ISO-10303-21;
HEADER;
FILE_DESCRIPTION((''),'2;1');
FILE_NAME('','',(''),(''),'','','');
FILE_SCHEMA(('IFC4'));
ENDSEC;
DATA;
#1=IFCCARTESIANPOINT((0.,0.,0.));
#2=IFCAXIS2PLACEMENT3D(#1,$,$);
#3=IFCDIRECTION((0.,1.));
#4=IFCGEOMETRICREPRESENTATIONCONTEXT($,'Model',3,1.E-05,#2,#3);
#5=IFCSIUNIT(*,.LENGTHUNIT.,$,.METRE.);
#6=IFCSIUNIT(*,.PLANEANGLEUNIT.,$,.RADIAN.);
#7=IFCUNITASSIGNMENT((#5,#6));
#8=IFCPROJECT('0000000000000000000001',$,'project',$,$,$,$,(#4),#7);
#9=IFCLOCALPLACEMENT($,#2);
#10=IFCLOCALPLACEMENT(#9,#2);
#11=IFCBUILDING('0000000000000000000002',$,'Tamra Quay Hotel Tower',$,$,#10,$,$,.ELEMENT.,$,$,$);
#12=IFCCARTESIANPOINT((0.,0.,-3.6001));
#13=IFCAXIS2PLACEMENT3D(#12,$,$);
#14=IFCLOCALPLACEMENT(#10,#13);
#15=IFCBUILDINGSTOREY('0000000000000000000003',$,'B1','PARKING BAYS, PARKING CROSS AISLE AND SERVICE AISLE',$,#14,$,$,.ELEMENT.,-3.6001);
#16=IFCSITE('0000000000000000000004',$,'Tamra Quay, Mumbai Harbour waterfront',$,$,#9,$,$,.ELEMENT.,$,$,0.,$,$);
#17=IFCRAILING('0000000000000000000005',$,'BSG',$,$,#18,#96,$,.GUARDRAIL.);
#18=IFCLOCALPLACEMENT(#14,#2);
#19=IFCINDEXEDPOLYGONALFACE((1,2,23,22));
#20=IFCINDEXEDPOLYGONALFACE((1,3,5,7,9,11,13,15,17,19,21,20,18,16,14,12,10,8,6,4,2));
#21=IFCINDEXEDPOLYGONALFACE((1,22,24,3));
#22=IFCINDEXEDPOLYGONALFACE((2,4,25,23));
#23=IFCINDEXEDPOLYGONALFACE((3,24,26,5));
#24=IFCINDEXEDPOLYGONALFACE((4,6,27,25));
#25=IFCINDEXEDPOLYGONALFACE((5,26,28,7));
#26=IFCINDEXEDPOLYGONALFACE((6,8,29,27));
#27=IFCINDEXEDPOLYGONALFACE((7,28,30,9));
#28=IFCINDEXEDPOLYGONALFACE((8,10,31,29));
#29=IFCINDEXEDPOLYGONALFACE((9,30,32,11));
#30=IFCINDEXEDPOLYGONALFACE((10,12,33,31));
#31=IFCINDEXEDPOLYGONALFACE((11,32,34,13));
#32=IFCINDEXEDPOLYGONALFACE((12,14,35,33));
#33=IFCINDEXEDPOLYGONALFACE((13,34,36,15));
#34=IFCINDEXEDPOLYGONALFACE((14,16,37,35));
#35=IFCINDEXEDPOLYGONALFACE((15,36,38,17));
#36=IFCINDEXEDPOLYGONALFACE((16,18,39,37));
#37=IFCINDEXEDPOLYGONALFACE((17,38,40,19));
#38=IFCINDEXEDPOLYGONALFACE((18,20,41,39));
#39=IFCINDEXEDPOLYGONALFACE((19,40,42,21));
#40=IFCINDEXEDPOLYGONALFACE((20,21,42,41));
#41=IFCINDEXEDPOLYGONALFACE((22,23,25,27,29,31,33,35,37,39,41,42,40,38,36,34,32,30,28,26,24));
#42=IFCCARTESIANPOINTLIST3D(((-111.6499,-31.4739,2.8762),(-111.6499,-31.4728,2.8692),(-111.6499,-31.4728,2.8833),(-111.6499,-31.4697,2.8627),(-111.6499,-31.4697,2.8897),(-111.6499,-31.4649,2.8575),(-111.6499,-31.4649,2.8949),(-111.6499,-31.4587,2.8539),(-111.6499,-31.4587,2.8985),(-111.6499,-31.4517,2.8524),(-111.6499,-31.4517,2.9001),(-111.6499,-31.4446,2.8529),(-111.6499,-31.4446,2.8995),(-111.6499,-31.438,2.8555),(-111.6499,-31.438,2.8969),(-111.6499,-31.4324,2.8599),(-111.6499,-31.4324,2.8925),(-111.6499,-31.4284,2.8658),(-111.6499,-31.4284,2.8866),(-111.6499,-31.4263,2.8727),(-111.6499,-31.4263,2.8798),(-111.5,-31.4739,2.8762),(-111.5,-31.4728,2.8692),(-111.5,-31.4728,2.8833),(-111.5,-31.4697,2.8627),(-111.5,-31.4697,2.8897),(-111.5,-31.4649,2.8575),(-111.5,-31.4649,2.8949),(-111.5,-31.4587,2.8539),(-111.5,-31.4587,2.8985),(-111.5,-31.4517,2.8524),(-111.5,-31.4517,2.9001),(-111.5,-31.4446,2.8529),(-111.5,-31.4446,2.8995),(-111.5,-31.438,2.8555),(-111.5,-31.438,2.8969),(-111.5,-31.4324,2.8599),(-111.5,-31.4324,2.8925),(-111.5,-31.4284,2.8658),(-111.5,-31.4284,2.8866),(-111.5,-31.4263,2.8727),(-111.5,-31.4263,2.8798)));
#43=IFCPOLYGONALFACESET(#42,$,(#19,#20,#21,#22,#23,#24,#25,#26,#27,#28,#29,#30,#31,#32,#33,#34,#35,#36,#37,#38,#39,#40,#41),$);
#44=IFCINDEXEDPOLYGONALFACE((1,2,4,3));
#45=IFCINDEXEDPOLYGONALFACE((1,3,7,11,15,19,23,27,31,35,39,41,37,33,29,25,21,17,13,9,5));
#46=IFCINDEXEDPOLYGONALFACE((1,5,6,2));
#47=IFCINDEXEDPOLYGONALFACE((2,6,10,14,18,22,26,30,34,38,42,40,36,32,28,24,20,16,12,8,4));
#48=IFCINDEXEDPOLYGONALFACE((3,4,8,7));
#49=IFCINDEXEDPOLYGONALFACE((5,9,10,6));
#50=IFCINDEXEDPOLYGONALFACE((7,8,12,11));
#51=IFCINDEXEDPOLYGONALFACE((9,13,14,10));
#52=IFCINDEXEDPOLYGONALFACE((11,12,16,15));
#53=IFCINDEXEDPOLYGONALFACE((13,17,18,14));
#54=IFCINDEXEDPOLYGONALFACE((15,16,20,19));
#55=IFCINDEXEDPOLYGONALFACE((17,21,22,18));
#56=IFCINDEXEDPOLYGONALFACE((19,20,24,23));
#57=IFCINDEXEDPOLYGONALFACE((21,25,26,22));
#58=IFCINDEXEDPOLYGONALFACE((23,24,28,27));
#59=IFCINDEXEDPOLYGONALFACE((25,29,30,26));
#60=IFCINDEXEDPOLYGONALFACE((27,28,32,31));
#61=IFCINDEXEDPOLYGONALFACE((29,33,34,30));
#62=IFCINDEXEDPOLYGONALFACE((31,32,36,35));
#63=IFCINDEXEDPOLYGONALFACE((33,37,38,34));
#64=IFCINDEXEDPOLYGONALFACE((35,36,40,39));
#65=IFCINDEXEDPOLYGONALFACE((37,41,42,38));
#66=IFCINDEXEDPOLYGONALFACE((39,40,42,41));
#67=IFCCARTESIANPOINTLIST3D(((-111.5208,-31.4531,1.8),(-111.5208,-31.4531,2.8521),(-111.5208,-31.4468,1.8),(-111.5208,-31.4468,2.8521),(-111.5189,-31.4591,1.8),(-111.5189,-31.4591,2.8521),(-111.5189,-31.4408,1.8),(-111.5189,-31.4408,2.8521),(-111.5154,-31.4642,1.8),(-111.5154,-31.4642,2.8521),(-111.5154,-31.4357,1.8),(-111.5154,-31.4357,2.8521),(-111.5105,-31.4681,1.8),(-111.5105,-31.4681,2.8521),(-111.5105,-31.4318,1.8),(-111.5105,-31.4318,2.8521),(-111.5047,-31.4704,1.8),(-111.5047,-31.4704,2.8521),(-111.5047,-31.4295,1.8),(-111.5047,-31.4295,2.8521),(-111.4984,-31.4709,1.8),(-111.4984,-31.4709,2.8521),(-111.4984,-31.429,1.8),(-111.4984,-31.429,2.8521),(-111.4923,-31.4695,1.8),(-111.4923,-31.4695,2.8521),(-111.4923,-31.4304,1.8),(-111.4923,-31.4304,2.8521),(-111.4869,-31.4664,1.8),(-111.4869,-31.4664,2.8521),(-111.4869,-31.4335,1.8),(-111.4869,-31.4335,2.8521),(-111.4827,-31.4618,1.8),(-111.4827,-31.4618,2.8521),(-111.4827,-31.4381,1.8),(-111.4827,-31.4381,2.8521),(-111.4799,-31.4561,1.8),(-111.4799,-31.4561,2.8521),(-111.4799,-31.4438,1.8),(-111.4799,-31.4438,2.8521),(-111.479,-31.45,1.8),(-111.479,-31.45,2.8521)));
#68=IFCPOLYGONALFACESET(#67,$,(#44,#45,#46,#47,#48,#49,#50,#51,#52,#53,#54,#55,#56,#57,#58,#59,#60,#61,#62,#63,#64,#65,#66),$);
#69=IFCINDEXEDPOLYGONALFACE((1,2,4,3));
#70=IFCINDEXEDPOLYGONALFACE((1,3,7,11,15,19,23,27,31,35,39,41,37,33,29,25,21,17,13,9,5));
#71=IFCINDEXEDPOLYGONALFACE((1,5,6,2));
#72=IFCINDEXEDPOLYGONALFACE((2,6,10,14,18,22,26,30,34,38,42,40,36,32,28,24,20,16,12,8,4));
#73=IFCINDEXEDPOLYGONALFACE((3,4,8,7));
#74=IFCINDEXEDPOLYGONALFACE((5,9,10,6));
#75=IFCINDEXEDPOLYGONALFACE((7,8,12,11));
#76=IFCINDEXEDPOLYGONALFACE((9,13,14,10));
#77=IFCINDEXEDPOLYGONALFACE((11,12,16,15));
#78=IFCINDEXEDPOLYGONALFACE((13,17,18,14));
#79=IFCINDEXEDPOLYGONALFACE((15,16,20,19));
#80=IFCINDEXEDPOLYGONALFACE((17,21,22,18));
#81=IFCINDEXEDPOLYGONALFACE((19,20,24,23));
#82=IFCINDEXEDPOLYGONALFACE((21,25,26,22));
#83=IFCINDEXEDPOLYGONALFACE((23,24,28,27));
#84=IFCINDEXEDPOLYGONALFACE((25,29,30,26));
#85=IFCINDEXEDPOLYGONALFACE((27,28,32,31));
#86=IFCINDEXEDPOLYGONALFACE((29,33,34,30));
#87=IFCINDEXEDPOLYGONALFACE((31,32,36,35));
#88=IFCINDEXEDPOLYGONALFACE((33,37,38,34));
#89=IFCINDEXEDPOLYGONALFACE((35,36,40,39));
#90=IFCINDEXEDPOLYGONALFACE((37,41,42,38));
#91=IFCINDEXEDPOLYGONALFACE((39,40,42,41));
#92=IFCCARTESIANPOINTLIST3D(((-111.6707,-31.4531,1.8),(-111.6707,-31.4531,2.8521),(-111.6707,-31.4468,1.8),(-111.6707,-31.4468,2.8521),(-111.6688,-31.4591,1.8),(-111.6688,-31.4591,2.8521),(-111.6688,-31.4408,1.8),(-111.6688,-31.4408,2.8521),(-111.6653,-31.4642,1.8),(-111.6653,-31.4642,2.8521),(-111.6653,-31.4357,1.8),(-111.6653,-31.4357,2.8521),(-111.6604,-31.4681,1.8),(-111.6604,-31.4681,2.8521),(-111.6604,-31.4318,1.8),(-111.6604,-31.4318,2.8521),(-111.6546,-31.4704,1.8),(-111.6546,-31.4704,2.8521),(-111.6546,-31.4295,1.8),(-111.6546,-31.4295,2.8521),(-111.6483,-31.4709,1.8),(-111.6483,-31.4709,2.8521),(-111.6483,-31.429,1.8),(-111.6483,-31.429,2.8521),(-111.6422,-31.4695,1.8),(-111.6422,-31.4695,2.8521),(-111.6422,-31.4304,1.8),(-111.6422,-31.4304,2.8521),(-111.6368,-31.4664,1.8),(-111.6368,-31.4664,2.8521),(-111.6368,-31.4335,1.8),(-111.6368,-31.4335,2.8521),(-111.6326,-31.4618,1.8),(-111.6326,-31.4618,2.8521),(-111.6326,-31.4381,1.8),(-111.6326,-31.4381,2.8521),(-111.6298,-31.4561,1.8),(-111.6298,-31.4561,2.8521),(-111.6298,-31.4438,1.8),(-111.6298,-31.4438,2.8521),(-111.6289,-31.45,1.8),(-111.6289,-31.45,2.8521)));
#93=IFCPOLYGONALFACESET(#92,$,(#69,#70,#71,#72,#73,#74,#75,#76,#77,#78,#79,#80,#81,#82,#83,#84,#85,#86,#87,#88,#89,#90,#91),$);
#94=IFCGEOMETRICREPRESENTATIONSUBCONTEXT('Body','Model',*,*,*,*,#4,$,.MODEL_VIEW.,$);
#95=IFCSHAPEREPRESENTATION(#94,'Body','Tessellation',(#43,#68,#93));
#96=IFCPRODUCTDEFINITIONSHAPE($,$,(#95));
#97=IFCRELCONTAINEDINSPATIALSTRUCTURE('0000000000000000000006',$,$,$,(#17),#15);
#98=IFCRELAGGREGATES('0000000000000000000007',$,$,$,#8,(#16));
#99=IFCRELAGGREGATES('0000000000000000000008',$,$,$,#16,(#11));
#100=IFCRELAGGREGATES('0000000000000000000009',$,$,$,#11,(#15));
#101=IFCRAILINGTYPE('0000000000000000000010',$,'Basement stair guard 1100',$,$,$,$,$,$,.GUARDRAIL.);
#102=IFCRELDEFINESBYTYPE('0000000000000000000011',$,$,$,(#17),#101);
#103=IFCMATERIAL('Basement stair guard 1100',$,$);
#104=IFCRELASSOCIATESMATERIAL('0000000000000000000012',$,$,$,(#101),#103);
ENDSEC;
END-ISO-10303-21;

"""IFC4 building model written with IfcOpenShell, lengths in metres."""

from ifc_helpers import new_model, si_unit, direction, frame, origin, origin_2d, place, context, subcontext, project, spatial, circle, extrude, material, type_object, element, save


model = new_model("IFC4")

# Units and contexts
model_context = context("Model", 3, precision=1e-05, world=origin(), true_north=direction((0.0, 1.0)))
body_context = subcontext(model_context, "Body", "Model", "MODEL_VIEW")
ifc_project = project(units=[si_unit("LENGTHUNIT", "METRE"), si_unit("PLANEANGLEUNIT", "RADIAN")], contexts=[model_context])

# Site, building, storey
site_placement = place(None, origin())
site = spatial("IfcSite", under=ifc_project, at=site_placement, Name="Tamra Quay, Mumbai Harbour waterfront", CompositionType="ELEMENT", RefElevation=0.0)
building_placement = place(site_placement, origin())
building = spatial("IfcBuilding", under=site, at=building_placement, Name="Tamra Quay Hotel Tower", CompositionType="ELEMENT")
storey_placement = place(building_placement, frame((0.0, 0.0, -3.6001)))
storey = spatial("IfcBuildingStorey", under=building, at=storey_placement, Name="B1", Description="PARKING BAYS, PARKING CROSS AISLE AND SERVICE AISLE", CompositionType="ELEMENT", Elevation=-3.6001)

# Railing
ifc_material_1 = material(Name="Basement stair guard 1100")
railing_type_1 = type_object("IfcRailingType", Name="Basement stair guard 1100", PredefinedType="GUARDRAIL", material=ifc_material_1)
railing_1_placement = place(storey_placement, frame((-111.5, -31.45, 1.8)))
element("IfcRailing", 1, at=railing_1_placement, inside=storey, type_object=railing_type_1, Name="BSG", PredefinedType="GUARDRAIL", context=body_context, shape_type="SweptSolid", body=[
    extrude(circle(Radius=0.0239, at=origin_2d()), frame((0.0, 0.0, 1.0762), z_axis=(-1.0, 0.0, 0.0), x_axis=(0.0, -1.0, 0.0)), (0.0, 0.0, 1.0), 0.1499),
    extrude(circle(Radius=0.021, at=origin_2d()), origin(), (0.0, 0.0, 1.0), 1.052),
    extrude(circle(Radius=0.021, at=origin_2d()), frame((-0.1499, 0.0, 0.0)), (0.0, 0.0, 1.0), 1.052),
])

save(model, "model.ifc")
